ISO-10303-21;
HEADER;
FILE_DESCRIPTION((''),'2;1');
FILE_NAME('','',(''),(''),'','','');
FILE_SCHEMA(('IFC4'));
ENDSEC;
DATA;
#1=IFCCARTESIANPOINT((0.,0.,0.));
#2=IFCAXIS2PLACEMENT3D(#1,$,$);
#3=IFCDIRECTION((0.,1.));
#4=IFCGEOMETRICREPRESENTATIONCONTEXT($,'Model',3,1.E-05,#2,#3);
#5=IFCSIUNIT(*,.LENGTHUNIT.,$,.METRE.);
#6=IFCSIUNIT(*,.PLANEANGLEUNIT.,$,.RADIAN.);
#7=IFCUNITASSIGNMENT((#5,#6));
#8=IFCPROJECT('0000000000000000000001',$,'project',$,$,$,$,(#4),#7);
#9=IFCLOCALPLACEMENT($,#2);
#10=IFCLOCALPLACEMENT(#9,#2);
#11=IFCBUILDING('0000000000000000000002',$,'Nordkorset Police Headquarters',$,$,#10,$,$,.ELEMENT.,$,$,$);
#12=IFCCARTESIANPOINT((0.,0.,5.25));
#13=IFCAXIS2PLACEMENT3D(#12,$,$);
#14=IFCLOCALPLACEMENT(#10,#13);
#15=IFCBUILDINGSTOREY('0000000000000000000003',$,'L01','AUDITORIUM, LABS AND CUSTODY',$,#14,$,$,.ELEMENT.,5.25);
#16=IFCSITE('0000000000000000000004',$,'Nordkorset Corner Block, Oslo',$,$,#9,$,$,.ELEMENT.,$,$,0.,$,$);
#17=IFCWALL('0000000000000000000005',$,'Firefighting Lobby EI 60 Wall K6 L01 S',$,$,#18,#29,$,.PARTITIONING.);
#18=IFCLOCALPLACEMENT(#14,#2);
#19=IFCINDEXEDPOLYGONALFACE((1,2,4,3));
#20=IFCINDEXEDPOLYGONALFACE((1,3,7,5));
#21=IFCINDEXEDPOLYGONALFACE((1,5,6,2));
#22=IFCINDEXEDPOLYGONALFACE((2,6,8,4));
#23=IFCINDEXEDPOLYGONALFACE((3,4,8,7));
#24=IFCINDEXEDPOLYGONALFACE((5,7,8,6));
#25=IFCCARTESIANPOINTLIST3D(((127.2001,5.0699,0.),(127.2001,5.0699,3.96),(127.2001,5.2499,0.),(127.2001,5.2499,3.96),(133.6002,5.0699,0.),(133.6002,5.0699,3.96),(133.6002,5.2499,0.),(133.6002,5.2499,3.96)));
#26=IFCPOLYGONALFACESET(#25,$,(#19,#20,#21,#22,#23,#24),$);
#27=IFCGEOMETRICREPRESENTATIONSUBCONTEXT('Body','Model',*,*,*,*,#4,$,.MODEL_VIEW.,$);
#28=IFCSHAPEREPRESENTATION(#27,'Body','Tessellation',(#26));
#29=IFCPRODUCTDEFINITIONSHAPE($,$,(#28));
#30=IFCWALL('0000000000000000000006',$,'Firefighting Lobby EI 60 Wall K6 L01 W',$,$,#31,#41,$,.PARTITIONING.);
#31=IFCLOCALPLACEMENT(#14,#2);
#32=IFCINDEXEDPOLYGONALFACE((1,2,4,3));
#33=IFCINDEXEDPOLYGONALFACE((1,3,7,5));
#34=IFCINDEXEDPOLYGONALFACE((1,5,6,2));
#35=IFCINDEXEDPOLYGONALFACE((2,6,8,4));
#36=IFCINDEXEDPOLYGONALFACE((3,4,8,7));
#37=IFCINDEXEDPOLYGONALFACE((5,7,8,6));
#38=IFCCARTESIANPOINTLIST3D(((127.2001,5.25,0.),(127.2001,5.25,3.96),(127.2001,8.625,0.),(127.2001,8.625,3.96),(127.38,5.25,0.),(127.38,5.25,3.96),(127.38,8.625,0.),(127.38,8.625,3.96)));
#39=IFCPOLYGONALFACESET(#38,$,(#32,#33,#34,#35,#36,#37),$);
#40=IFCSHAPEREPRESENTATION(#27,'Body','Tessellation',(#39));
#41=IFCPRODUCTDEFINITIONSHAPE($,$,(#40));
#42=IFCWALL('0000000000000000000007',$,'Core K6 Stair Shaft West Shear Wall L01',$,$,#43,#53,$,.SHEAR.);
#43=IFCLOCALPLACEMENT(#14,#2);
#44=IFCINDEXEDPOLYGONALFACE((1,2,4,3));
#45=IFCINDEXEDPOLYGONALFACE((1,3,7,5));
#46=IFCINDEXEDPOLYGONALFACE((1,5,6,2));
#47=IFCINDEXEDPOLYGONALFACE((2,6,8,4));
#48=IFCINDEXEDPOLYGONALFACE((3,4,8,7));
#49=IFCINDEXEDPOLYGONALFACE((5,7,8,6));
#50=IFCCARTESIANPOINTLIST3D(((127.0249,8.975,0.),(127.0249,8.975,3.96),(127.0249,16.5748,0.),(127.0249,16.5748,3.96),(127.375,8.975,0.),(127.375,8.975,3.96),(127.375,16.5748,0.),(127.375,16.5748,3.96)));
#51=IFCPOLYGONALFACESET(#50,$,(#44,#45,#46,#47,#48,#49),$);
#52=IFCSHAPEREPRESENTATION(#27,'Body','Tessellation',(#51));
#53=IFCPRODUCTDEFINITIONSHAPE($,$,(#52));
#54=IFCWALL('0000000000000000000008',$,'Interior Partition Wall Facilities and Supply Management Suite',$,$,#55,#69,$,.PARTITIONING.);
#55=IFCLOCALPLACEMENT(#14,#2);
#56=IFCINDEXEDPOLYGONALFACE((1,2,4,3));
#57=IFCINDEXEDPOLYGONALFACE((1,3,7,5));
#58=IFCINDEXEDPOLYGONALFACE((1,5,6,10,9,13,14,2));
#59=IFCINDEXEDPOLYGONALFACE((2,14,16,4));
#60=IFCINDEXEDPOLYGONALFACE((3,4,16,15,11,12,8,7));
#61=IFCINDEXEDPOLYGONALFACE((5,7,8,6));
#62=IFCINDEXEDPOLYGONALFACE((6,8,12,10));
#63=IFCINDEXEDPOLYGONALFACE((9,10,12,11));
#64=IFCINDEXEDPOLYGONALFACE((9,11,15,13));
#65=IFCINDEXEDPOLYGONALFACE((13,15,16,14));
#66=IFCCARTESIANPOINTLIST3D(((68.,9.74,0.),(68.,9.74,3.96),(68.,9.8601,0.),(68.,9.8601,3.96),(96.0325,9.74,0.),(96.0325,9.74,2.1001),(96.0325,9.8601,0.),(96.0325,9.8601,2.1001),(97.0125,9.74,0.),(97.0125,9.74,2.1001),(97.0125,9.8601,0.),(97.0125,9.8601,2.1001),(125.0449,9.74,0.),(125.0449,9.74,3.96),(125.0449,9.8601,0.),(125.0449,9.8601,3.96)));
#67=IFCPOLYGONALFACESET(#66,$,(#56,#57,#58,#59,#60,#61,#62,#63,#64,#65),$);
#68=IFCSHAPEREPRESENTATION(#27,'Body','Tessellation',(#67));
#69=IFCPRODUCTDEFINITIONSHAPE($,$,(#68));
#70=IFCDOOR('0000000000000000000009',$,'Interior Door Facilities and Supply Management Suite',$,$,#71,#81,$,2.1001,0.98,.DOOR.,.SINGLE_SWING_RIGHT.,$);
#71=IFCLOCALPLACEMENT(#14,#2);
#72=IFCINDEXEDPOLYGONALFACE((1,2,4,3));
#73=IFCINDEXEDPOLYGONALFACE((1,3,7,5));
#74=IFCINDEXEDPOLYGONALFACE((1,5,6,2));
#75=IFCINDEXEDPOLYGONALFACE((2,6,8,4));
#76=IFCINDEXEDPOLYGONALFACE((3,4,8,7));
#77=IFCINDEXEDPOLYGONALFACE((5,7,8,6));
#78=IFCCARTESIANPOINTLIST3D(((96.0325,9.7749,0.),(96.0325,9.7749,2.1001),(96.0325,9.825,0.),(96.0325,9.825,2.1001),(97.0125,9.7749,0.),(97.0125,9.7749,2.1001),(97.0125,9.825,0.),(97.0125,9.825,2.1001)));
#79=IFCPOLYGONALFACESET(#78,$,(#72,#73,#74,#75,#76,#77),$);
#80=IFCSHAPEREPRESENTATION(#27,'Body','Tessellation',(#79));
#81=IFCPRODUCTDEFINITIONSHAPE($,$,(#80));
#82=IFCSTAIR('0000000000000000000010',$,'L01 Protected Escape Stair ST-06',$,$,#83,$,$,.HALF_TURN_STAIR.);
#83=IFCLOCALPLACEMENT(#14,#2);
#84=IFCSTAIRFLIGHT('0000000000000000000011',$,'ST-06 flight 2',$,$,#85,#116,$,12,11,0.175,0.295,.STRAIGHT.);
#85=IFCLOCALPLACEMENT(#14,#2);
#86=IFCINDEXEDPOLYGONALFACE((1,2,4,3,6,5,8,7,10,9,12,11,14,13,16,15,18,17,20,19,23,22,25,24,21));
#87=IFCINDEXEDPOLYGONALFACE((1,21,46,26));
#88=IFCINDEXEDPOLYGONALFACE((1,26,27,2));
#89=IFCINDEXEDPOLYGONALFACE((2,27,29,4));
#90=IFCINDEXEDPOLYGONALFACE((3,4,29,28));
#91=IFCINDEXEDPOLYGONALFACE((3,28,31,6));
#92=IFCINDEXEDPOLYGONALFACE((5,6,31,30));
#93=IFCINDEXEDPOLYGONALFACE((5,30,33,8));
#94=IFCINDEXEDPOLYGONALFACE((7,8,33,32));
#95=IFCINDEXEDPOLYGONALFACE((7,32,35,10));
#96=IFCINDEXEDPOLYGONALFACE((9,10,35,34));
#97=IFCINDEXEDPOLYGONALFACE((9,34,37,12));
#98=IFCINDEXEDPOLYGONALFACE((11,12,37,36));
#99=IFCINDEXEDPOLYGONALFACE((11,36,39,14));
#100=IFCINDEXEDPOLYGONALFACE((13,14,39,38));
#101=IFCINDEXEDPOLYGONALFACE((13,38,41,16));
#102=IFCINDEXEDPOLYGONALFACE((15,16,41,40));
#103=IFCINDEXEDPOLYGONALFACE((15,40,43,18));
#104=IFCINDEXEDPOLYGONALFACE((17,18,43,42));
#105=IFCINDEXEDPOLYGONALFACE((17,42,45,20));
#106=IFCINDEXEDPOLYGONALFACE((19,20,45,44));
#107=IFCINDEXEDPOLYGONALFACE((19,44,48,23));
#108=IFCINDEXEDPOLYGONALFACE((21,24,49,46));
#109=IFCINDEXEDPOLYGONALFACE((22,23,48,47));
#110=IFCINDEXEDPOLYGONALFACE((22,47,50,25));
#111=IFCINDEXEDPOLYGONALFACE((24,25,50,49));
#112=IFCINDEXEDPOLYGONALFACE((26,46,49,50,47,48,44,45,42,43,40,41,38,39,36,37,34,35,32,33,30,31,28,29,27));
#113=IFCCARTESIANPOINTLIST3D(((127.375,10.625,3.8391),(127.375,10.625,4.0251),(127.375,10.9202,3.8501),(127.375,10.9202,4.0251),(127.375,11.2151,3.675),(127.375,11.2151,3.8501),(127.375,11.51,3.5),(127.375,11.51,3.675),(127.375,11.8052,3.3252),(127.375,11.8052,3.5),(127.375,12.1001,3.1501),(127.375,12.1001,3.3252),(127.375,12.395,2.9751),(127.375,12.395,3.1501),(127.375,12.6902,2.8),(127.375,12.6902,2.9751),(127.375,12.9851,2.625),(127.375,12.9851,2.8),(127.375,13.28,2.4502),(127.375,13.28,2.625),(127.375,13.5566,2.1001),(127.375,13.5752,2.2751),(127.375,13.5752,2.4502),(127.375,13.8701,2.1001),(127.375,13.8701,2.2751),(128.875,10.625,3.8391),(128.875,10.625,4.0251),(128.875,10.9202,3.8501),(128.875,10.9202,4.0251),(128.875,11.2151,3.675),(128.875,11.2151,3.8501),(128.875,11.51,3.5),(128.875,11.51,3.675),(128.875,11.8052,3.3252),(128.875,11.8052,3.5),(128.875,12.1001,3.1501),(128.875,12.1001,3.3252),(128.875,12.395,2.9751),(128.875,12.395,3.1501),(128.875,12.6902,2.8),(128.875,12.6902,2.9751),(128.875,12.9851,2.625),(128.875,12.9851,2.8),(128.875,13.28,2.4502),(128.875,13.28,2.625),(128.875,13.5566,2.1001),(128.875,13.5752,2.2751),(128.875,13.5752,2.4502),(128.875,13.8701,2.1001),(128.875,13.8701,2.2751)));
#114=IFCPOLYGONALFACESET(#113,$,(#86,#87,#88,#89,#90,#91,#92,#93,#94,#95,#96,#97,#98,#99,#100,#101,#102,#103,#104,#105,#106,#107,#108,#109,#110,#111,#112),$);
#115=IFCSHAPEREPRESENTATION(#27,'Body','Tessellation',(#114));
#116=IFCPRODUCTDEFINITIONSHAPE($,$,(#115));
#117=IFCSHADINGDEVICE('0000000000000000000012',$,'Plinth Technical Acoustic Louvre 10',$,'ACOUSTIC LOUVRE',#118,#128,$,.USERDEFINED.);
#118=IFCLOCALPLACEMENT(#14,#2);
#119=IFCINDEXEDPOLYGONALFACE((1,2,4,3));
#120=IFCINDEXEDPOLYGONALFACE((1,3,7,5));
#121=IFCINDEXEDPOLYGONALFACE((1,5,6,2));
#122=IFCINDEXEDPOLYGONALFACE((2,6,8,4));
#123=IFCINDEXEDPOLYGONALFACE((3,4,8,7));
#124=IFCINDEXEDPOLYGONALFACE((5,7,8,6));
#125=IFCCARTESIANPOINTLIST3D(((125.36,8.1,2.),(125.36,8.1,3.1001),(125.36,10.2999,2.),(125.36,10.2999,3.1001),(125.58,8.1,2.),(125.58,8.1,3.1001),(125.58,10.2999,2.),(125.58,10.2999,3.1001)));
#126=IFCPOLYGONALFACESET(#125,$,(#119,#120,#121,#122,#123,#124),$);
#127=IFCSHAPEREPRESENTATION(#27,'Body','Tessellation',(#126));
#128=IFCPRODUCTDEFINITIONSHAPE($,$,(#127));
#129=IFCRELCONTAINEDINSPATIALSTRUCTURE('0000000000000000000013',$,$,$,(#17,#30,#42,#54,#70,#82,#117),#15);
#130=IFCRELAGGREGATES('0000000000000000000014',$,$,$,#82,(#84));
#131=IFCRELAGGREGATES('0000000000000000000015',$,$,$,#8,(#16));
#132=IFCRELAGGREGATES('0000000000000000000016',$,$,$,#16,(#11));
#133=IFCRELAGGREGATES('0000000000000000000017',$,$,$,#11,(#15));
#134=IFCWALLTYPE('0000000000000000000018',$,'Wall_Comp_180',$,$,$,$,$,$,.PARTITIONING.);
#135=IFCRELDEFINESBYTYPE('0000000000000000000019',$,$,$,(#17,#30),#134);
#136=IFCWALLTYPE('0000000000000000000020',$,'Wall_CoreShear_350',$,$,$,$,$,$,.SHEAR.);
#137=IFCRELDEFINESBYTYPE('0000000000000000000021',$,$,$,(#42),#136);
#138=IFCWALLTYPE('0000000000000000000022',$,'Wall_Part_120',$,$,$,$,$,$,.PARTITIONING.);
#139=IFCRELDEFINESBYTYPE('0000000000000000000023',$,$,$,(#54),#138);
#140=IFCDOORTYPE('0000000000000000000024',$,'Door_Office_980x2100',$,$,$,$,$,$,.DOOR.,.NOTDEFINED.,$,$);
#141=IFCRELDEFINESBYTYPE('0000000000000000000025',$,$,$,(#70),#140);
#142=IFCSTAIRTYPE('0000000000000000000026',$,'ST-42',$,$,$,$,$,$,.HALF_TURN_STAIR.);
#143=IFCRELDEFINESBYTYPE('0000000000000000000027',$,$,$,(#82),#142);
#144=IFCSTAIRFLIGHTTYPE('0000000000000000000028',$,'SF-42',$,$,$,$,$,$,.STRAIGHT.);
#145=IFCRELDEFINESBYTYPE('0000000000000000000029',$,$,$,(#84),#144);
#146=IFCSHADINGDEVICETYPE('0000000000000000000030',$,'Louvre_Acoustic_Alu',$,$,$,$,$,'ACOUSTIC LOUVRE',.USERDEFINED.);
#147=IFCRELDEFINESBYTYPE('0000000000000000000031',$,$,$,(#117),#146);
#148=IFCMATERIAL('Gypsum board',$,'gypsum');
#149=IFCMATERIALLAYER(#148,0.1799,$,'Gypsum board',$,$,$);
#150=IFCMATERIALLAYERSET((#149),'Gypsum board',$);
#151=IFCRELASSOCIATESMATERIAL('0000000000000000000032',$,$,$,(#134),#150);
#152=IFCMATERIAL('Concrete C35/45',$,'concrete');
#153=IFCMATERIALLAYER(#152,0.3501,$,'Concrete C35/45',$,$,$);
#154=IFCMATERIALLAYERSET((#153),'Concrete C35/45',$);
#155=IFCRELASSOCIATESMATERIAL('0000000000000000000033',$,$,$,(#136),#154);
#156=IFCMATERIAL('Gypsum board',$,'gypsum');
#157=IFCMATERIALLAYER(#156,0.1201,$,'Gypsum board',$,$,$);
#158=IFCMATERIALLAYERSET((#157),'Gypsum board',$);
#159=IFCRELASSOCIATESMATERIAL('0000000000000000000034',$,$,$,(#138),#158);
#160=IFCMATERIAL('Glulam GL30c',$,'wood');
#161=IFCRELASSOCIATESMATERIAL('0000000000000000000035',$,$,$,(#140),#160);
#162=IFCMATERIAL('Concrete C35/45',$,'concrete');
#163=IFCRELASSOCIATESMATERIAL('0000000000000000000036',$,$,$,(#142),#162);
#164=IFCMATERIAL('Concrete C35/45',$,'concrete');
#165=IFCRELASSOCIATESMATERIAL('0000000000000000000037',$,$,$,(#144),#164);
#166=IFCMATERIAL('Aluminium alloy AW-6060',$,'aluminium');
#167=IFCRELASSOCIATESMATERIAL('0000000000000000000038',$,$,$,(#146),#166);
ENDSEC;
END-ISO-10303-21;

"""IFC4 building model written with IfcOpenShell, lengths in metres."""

from ifc_helpers import new_model, si_unit, direction, frame, frame_2d, origin, origin_2d, place, context, subcontext, project, spatial, polyline, rectangle, outline, extrude, material, layer, layer_set, type_object, element, fill, aggregate, save


model = new_model("IFC4")

# Units and contexts
model_context = context("Model", 3, precision=1e-05, world=origin(), true_north=direction((0.0, 1.0)))
body_context = subcontext(model_context, "Body", "Model", "MODEL_VIEW")
ifc_project = project(units=[si_unit("LENGTHUNIT", "METRE"), si_unit("PLANEANGLEUNIT", "RADIAN")], contexts=[model_context])

# Site, building, storey
site_placement = place(None, origin())
site = spatial("IfcSite", under=ifc_project, at=site_placement, Name="Nordkorset Corner Block, Oslo", CompositionType="ELEMENT", RefElevation=0.0)
building_placement = place(site_placement, origin())
building = spatial("IfcBuilding", under=site, at=building_placement, Name="Nordkorset Police Headquarters", CompositionType="ELEMENT")
storey_placement = place(building_placement, frame((0.0, 0.0, 5.25)))
storey = spatial("IfcBuildingStorey", under=building, at=storey_placement, Name="L01", Description="AUDITORIUM, LABS AND CUSTODY", CompositionType="ELEMENT", Elevation=5.25)

# Walls
ifc_material_1 = material(Name="Gypsum board", Category="gypsum")
ifc_layer_1 = layer(ifc_material_1, 0.1799, Name="Gypsum board")
ifc_layer_set_1 = layer_set([ifc_layer_1], Name="Gypsum board")
wall_type_1 = type_object("IfcWallType", Name="Wall_Comp_180", PredefinedType="PARTITIONING", material=ifc_layer_set_1)
wall_1_placement = place(storey_placement, frame((127.2, 5.1599, 0.0), z_axis=(0.0, 0.0, 1.0), x_axis=(1.0, 0.0, 0.0)))
element("IfcWall", 1, at=wall_1_placement, inside=storey, type_object=wall_type_1, Name="Firefighting Lobby EI 60 Wall K6 L01 S", PredefinedType="PARTITIONING", context=body_context, shape_type="SweptSolid", body=[
    extrude(rectangle(XDim=6.4001, YDim=0.1799, at=frame_2d((3.2002, 0.0))), origin(), (0.0, 0.0, 1.0), 3.96),
])
wall_2_placement = place(storey_placement, frame((127.29, 5.25, 0.0), z_axis=(0.0, 0.0, 1.0), x_axis=(0.0, 1.0, 0.0)))
element("IfcWall", 2, at=wall_2_placement, inside=storey, type_object=wall_type_1, Name="Firefighting Lobby EI 60 Wall K6 L01 W", PredefinedType="PARTITIONING", context=body_context, shape_type="SweptSolid", body=[
    extrude(rectangle(XDim=3.375, YDim=0.1799, at=frame_2d((1.6875, 0.0))), origin(), (0.0, 0.0, 1.0), 3.96),
])

# Shared definitions
ifc_material_2 = material(Name="Concrete C35/45", Category="concrete")
ifc_layer_2 = layer(ifc_material_2, 0.3501, Name="Concrete C35/45")
ifc_layer_set_2 = layer_set([ifc_layer_2], Name="Concrete C35/45")
wall_type_2 = type_object("IfcWallType", Name="Wall_CoreShear_350", PredefinedType="SHEAR", material=ifc_layer_set_2)

# Wall
wall_3_placement = place(storey_placement, frame((127.2, 8.9751, 0.0), z_axis=(0.0, 0.0, 1.0), x_axis=(0.0, 1.0, 0.0)))
element("IfcWall", 3, at=wall_3_placement, inside=storey, type_object=wall_type_2, Name="Core K6 Stair Shaft West Shear Wall L01", PredefinedType="SHEAR", context=body_context, shape_type="SweptSolid", body=[
    extrude(rectangle(XDim=7.5999, YDim=0.3501, at=frame_2d((3.7998, 0.0))), origin(), (0.0, 0.0, 1.0), 3.96),
])

# Wall, opening, door
ifc_material_3 = material(Name="Gypsum board", Category="gypsum")
ifc_layer_3 = layer(ifc_material_3, 0.1201, Name="Gypsum board")
ifc_layer_set_3 = layer_set([ifc_layer_3], Name="Gypsum board")
wall_type_3 = type_object("IfcWallType", Name="Wall_Part_120", PredefinedType="PARTITIONING", material=ifc_layer_set_3)
wall_4_placement = place(storey_placement, frame((125.0449, 9.8, 0.0), z_axis=(0.0, 0.0, 1.0), x_axis=(-1.0, 0.0, 0.0)))
wall_4 = element("IfcWall", 4, at=wall_4_placement, inside=storey, type_object=wall_type_3, Name="Interior Partition Wall Facilities and Supply Management Suite", PredefinedType="PARTITIONING", context=body_context, shape_type="SweptSolid", body=[
    extrude(rectangle(XDim=57.0449, YDim=0.1201, at=frame_2d((28.5225, 0.0))), origin(), (0.0, 0.0, 1.0), 3.96),
])
opening_1_placement = place(wall_4_placement, frame((28.0325, 0.0, 0.0)))
opening_1 = element("IfcOpeningElement", 5, at=opening_1_placement, cuts=wall_4, PredefinedType="OPENING", context=body_context, shape_type="SweptSolid", body=[
    extrude(rectangle(XDim=0.98, YDim=2.1001, at=frame_2d((0.49, 1.05))), frame((0.0, 0.0701, 0.0), z_axis=(0.0, -1.0, 0.0), x_axis=(1.0, 0.0, 0.0)), (0.0, 0.0, 1.0), 0.1401),
])
ifc_material_4 = material(Name="Glulam GL30c", Category="wood")
door_type_1 = type_object("IfcDoorType", Name="Door_Office_980x2100", OperationType="NOTDEFINED", PredefinedType="DOOR", material=ifc_material_4)
door_1_placement = place(opening_1_placement, frame((0.98, 0.0, 0.0), z_axis=(0.0, 0.0, 1.0), x_axis=(-1.0, 0.0, 0.0)))
door_1 = element("IfcDoor", 6, at=door_1_placement, inside=storey, type_object=door_type_1, Name="Interior Door Facilities and Supply Management Suite", OperationType="SINGLE_SWING_RIGHT", OverallHeight=2.1001, OverallWidth=0.98, PredefinedType="DOOR", context=body_context, shape_type="SweptSolid", body=[
    extrude(rectangle(XDim=0.98, YDim=2.1001, at=frame_2d((0.49, 1.05))), frame((0.0, 0.0249, 0.0), z_axis=(0.0, -1.0, 0.0), x_axis=(1.0, 0.0, 0.0)), (0.0, 0.0, 1.0), 0.05),
])
fill(opening_1, door_1)

# Stair, stair flight
ifc_material_5 = material(Name="Concrete C35/45", Category="concrete")
stair_type = type_object("IfcStairType", Name="ST-42", PredefinedType="HALF_TURN_STAIR", material=ifc_material_5)
stair_placement = place(storey_placement, origin())
stair = element("IfcStair", 7, at=stair_placement, inside=storey, type_object=stair_type, Name="L01 Protected Escape Stair ST-06", PredefinedType="HALF_TURN_STAIR")
ifc_material_6 = material(Name="Concrete C35/45", Category="concrete")
stair_flight_type = type_object("IfcStairFlightType", Name="SF-42", PredefinedType="STRAIGHT", material=ifc_material_6)
stair_flight_placement = place(storey_placement, frame((128.125, 13.8701, 2.1001), z_axis=(0.0, 0.0, 1.0), x_axis=(0.0, -1.0, 0.0)))
stair_flight = element("IfcStairFlight", 8, at=stair_flight_placement, type_object=stair_flight_type, Name="ST-06 flight 2", NumberOfRisers=12, NumberOfTreads=11, PredefinedType="STRAIGHT", RiserHeight=0.175, TreadLength=0.295, context=body_context, shape_type="SweptSolid", body=[
    extrude(outline(polyline([(0.0, 0.0), (0.0, 0.175), (0.2949, 0.175), (0.2949, 0.3501), (0.5901, 0.3501), (0.5901, 0.5249), (0.885, 0.5249), (0.885, 0.7), (1.1799, 0.7), (1.1799, 0.875), (1.4751, 0.875), (1.4751, 1.05), (1.77, 1.05), (1.77, 1.2251), (2.0649, 1.2251), (2.0649, 1.3999), (2.3601, 1.3999), (2.3601, 1.575), (2.655, 1.575), (2.655, 1.75), (2.95, 1.75), (2.95, 1.925), (3.2451, 1.925), (3.2451, 2.1001), (3.2451, 1.739), (0.3135, 0.0), (0.0, 0.0)])), frame((0.0, 0.75, 0.0), z_axis=(0.0, -1.0, 0.0), x_axis=(1.0, 0.0, 0.0)), (0.0, 0.0, 1.0), 1.5),
])
aggregate(stair, [stair_flight])

# Shading device
ifc_material_7 = material(Name="Aluminium alloy AW-6060", Category="aluminium")
shading_device_type = type_object("IfcShadingDeviceType", Name="Louvre_Acoustic_Alu", ElementType="ACOUSTIC LOUVRE", PredefinedType="USERDEFINED", material=ifc_material_7)
shading_device_placement = place(storey_placement, frame((125.47, 9.2, 2.0), z_axis=(0.0, 0.0, 1.0), x_axis=(1.0, 0.0, 0.0)))
element("IfcShadingDevice", 9, at=shading_device_placement, inside=storey, type_object=shading_device_type, Name="Plinth Technical Acoustic Louvre 10", ObjectType="ACOUSTIC LOUVRE", PredefinedType="USERDEFINED", context=body_context, shape_type="SweptSolid", body=[
    extrude(rectangle(XDim=0.22, YDim=2.2, at=origin_2d()), origin(), (0.0, 0.0, 1.0), 1.1001),
])

save(model, "model.ifc")
